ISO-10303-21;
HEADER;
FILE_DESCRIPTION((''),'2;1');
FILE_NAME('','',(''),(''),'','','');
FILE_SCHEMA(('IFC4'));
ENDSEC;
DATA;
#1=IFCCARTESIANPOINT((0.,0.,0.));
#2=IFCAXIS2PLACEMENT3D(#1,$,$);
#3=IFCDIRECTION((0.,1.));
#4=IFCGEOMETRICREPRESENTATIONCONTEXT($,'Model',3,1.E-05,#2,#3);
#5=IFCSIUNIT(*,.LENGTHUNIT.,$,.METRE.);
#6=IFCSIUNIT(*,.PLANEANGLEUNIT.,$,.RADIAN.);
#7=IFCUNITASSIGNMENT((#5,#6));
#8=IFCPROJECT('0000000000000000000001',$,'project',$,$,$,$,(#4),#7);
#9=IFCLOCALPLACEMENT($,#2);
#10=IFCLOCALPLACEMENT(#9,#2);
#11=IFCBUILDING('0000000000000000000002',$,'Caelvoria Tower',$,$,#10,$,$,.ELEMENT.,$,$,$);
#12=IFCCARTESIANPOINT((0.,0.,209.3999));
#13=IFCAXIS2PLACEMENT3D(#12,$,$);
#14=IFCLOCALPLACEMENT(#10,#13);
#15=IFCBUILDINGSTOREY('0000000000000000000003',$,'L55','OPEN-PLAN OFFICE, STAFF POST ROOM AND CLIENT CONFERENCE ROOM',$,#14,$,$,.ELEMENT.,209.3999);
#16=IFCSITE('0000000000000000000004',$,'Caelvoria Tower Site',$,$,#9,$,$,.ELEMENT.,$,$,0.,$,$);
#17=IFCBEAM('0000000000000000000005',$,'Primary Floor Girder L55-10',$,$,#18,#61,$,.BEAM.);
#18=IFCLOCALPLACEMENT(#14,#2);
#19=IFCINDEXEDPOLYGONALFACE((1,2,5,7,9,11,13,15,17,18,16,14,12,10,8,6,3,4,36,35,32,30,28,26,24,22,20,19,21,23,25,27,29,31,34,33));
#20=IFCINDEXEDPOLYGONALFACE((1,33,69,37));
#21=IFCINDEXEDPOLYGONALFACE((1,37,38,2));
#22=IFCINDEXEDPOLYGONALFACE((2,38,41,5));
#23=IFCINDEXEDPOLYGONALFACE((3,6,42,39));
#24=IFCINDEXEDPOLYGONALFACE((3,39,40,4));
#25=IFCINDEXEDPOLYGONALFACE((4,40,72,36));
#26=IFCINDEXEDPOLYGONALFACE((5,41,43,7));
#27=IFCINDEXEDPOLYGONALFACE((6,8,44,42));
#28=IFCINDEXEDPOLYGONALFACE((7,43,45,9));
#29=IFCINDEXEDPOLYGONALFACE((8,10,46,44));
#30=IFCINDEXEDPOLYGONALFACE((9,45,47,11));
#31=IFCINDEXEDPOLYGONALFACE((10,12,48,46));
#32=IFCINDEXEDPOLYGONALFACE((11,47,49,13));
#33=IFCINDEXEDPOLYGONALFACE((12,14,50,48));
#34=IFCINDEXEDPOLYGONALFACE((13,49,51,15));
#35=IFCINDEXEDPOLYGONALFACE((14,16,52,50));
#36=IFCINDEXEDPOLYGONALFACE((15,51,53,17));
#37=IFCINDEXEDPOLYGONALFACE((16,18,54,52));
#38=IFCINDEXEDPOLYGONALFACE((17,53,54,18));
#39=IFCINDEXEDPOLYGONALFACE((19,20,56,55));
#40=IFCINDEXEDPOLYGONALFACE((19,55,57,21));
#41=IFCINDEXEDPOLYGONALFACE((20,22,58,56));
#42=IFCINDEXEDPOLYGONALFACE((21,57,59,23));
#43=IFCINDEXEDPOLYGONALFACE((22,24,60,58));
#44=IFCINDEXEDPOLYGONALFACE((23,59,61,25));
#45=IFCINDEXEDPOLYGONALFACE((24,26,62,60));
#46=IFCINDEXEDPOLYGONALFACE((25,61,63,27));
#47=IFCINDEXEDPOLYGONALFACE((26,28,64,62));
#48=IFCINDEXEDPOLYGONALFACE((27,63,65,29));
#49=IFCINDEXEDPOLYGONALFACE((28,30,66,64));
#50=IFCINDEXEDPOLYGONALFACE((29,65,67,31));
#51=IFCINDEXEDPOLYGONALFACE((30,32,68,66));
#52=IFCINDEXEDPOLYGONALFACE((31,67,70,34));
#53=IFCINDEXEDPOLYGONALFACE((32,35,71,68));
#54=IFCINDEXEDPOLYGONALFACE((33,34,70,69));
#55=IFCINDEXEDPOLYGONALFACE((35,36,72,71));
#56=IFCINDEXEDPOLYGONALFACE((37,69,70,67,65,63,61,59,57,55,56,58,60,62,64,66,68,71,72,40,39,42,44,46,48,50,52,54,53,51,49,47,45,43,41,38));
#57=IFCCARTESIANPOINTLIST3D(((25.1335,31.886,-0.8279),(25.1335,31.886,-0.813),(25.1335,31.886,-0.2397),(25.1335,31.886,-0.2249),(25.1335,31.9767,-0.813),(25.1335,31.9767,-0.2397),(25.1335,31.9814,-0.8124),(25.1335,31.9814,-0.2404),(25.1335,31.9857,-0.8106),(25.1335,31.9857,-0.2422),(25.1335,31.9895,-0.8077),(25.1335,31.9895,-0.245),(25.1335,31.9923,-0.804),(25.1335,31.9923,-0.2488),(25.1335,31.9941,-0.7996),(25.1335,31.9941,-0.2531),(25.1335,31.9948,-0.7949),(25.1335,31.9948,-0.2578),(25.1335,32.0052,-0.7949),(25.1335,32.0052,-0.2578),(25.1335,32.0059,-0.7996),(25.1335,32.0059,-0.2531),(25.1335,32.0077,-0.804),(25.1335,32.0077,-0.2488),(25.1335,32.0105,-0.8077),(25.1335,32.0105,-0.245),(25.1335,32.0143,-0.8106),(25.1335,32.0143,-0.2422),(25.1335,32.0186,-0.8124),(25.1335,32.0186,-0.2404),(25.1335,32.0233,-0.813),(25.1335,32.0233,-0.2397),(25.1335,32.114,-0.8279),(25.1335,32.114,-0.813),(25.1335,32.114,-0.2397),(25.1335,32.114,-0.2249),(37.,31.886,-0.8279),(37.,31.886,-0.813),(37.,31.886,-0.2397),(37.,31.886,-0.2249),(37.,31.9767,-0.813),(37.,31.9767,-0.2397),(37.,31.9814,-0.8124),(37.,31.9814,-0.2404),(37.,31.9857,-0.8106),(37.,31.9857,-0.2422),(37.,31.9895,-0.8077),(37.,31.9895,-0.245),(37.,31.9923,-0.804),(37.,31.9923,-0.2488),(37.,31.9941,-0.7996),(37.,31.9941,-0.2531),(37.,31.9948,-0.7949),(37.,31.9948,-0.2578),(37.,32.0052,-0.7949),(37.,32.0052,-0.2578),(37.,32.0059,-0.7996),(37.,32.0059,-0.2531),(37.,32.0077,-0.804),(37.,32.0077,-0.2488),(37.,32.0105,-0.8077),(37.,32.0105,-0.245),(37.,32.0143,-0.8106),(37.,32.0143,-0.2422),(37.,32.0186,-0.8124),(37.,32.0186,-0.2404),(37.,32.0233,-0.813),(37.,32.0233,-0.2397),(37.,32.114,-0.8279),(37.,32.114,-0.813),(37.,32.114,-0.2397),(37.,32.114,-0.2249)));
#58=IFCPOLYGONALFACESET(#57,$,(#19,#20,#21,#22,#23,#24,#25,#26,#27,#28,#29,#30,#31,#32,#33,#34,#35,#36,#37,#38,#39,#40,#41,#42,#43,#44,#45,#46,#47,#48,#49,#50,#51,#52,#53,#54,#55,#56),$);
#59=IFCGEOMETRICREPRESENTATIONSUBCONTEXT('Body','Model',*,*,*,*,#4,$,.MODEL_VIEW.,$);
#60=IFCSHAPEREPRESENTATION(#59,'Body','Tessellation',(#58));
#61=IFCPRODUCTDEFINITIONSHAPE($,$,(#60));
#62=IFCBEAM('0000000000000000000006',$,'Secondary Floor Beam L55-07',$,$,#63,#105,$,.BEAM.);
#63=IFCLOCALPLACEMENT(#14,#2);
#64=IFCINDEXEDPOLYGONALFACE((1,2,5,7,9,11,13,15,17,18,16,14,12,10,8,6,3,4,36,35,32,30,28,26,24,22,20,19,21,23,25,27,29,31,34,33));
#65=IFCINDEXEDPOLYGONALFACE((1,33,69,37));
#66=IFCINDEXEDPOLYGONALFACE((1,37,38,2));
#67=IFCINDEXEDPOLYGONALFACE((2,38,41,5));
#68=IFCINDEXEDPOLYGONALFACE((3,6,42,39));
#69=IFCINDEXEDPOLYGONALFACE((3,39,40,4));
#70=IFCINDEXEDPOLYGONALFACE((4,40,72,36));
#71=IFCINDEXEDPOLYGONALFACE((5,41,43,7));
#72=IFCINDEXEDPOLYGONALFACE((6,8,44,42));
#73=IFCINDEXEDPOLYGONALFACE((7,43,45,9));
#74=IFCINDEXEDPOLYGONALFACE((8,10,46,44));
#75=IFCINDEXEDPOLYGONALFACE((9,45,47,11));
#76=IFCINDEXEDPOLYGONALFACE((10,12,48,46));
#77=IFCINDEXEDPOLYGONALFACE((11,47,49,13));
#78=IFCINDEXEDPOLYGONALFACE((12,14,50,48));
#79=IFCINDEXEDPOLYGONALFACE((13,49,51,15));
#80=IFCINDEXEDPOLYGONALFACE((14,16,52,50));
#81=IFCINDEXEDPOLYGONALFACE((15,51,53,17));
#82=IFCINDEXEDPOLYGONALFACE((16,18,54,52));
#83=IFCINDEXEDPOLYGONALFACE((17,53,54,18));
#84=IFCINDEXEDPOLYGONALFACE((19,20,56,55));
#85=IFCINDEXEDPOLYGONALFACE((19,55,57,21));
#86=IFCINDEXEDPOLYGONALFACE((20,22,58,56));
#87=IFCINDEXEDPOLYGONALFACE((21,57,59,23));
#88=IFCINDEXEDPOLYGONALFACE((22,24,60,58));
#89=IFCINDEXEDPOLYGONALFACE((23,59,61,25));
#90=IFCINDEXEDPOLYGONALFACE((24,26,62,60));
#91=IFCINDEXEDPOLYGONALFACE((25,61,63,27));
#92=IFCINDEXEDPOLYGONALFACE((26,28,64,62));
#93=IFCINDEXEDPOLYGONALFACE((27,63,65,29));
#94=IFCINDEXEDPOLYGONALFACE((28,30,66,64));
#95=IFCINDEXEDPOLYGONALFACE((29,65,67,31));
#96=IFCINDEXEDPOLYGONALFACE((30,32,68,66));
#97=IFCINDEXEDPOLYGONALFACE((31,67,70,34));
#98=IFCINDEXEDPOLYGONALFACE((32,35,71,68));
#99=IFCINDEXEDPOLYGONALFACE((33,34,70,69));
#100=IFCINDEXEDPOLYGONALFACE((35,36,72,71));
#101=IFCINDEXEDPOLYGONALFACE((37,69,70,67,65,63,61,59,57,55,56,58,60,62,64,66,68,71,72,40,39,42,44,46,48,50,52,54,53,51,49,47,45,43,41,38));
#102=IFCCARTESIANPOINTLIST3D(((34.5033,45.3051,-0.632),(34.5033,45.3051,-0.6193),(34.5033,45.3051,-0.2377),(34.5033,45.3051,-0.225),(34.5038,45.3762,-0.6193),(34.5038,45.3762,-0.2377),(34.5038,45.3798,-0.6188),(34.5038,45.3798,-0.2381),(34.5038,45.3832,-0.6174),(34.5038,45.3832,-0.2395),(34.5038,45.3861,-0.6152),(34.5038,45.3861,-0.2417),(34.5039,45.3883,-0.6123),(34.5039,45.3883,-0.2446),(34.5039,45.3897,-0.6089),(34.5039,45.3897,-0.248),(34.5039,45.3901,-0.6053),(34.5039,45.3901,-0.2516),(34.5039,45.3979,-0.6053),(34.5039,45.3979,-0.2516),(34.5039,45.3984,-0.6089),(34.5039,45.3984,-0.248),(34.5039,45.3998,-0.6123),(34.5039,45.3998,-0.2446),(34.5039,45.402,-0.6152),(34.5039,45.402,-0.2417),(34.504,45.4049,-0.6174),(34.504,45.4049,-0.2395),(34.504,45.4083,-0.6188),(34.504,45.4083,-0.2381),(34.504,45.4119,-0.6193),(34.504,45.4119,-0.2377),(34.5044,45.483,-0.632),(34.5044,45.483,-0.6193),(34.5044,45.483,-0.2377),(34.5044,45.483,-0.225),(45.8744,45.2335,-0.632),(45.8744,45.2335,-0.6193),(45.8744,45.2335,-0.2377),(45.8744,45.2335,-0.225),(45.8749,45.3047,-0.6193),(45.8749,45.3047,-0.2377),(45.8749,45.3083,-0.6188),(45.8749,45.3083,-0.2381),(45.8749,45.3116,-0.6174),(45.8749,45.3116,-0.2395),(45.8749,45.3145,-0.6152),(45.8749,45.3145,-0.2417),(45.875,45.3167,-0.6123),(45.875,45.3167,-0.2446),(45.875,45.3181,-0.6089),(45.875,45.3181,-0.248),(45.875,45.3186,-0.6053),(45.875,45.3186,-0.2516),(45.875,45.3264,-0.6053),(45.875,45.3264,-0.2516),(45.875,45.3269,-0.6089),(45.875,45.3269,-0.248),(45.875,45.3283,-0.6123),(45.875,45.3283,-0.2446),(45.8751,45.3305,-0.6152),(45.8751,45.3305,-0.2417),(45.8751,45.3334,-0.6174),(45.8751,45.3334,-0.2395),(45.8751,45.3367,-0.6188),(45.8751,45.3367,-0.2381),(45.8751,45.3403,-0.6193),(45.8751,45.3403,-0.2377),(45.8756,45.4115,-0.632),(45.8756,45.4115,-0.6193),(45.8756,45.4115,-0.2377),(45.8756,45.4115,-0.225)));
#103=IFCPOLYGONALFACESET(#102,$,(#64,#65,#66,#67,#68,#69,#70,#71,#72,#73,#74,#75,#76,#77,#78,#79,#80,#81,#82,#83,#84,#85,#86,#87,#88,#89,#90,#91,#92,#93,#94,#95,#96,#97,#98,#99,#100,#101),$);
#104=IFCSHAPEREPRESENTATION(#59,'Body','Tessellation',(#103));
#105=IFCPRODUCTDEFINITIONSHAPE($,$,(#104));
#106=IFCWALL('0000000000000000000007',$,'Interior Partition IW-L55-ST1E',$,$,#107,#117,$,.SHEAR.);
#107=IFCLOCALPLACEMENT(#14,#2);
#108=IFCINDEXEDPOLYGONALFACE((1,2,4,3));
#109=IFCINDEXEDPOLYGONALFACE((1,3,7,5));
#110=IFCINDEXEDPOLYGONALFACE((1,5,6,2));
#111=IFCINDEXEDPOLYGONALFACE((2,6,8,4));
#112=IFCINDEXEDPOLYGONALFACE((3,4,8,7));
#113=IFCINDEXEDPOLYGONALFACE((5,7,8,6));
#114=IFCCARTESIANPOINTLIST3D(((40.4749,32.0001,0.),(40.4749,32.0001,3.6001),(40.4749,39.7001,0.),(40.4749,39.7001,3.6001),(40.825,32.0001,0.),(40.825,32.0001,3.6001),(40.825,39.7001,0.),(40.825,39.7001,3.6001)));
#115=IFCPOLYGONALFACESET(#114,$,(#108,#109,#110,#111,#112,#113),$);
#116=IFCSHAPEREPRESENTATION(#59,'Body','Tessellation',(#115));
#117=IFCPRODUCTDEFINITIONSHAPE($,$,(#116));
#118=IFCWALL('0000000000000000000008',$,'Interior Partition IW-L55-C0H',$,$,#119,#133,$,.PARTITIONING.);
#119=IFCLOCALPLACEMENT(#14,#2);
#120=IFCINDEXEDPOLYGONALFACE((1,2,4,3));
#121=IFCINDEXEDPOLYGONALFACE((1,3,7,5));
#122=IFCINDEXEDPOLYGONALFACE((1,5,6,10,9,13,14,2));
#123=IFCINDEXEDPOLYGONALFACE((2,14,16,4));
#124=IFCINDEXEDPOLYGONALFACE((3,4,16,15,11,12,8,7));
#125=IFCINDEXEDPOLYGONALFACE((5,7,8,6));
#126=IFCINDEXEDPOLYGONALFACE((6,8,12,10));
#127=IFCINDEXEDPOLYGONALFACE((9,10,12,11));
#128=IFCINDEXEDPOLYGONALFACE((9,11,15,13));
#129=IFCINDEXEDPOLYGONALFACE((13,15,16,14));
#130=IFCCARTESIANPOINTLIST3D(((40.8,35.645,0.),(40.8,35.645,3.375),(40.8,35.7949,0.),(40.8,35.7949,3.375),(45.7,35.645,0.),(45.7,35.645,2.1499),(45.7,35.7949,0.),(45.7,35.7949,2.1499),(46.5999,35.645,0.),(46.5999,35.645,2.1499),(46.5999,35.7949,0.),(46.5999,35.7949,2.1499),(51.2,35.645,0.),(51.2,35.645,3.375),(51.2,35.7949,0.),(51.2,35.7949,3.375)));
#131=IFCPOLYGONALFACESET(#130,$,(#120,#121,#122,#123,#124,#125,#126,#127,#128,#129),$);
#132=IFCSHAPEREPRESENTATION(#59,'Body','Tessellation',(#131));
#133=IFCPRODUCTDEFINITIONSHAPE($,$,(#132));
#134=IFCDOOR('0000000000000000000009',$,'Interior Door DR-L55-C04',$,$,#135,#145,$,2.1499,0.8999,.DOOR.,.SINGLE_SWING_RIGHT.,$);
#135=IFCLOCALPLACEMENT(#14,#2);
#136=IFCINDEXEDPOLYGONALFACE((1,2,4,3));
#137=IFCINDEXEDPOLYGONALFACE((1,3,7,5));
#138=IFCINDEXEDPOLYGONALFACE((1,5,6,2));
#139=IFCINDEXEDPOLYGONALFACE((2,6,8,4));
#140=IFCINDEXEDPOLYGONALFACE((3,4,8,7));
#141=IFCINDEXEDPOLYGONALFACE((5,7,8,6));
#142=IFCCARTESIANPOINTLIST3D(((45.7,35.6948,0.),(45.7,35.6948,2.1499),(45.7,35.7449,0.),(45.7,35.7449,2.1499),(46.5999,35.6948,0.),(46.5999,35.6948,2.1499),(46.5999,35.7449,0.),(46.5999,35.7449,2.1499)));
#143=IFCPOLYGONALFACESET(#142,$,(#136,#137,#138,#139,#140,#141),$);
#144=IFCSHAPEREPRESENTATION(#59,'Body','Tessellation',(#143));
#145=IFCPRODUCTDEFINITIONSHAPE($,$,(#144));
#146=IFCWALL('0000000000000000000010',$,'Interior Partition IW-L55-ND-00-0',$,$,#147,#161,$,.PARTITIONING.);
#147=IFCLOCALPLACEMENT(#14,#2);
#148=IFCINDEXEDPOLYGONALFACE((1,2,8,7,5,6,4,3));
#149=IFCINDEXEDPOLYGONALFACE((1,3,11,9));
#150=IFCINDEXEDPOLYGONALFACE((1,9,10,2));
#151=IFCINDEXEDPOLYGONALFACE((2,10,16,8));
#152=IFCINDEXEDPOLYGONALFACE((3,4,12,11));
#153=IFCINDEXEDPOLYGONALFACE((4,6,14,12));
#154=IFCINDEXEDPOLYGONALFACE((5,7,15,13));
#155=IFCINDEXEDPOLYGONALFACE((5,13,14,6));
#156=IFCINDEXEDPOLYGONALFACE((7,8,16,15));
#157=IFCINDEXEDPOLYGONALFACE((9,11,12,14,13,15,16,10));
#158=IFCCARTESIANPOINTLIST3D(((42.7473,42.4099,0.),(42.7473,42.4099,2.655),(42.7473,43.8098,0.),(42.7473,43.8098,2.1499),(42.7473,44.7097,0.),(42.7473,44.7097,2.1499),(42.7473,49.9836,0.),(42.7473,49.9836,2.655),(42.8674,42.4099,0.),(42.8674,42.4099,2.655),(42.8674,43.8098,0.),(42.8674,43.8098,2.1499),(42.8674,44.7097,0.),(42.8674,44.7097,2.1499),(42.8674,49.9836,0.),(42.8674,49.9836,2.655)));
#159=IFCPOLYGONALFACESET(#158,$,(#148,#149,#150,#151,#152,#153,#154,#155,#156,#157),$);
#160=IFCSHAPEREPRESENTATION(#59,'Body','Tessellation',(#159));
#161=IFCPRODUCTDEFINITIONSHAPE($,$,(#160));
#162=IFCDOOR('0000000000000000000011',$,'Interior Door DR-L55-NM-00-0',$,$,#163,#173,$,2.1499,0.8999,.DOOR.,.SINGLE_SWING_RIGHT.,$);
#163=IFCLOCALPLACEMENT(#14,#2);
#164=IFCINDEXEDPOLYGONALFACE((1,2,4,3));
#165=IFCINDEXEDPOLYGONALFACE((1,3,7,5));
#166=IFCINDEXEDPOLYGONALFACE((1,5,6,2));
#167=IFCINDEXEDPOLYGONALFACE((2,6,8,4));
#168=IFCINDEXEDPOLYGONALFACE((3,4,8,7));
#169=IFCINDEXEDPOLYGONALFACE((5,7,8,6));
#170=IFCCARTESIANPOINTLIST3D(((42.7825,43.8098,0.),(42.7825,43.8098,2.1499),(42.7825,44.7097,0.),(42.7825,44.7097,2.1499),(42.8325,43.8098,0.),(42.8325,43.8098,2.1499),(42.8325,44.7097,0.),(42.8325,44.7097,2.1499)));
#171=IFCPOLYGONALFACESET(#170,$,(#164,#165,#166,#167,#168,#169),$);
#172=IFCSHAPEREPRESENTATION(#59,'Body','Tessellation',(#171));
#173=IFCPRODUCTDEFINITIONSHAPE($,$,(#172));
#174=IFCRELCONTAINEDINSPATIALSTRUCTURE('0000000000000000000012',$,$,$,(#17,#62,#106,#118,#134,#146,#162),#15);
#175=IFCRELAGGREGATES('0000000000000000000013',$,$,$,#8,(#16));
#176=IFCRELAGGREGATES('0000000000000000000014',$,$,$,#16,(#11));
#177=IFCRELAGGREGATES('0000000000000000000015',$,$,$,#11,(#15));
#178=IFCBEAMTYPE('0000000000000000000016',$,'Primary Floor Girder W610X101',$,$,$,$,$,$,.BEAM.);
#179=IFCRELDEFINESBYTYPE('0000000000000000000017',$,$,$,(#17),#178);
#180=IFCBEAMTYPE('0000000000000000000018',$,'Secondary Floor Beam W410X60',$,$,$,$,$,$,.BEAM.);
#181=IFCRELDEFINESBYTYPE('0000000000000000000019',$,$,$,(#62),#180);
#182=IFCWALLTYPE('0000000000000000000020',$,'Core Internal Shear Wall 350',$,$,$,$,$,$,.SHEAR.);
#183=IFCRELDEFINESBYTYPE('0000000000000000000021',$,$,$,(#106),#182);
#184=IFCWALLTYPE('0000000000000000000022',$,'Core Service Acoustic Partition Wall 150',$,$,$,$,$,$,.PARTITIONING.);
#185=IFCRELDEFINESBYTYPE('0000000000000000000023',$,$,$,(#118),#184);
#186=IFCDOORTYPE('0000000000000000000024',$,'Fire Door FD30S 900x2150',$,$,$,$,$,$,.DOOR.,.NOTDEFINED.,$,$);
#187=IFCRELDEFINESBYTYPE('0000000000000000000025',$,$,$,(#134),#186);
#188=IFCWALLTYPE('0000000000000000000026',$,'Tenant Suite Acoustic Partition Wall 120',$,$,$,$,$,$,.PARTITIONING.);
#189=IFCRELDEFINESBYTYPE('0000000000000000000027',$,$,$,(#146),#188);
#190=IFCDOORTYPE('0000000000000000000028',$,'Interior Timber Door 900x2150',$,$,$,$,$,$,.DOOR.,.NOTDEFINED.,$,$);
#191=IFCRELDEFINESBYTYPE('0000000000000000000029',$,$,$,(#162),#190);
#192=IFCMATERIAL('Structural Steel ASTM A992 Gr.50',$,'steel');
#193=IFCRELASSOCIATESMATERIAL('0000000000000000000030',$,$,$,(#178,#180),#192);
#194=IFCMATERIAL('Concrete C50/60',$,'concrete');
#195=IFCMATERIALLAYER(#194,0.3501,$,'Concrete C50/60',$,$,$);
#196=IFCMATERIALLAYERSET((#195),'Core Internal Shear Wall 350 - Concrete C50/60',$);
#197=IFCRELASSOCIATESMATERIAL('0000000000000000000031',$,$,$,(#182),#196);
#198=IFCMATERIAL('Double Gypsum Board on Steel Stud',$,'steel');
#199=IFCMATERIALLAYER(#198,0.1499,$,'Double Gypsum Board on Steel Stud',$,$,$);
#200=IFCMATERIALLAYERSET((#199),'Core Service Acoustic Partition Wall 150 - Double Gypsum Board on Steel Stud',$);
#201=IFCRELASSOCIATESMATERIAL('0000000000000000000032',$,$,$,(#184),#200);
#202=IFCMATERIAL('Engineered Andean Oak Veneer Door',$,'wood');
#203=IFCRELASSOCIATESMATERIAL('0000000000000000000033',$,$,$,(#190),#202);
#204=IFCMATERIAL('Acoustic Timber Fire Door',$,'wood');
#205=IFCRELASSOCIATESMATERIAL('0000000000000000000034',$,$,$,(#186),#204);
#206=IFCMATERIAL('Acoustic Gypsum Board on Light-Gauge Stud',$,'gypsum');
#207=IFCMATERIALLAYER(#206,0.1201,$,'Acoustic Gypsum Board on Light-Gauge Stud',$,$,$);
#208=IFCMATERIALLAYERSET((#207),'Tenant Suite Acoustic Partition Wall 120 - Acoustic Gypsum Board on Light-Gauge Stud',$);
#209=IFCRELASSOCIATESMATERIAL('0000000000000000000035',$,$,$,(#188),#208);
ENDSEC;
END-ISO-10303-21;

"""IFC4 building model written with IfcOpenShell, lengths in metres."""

from ifc_helpers import new_model, si_unit, direction, frame, frame_2d, origin, origin_2d, place, context, subcontext, project, spatial, rectangle, i_section, extrude, material, layer, layer_set, material_profile, profile_set, type_object, element, fill, save


model = new_model("IFC4")

# Units and contexts
model_context = context("Model", 3, precision=1e-05, world=origin(), true_north=direction((0.0, 1.0)))
body_context = subcontext(model_context, "Body", "Model", "MODEL_VIEW")
ifc_project = project(units=[si_unit("LENGTHUNIT", "METRE"), si_unit("PLANEANGLEUNIT", "RADIAN")], contexts=[model_context])

# Site, building, storey
site_placement = place(None, origin())
site = spatial("IfcSite", under=ifc_project, at=site_placement, Name="Caelvoria Tower Site", CompositionType="ELEMENT", RefElevation=0.0)
building_placement = place(site_placement, origin())
building = spatial("IfcBuilding", under=site, at=building_placement, Name="Caelvoria Tower", CompositionType="ELEMENT")
storey_placement = place(building_placement, frame((0.0, 0.0, 209.3999)))
storey = spatial("IfcBuildingStorey", under=building, at=storey_placement, Name="L55", Description="OPEN-PLAN OFFICE, STAFF POST ROOM AND CLIENT CONFERENCE ROOM", CompositionType="ELEMENT", Elevation=209.3999)

# Beams
ifc_material_1 = material(Name="Structural Steel ASTM A992 Gr.50", Category="steel")
ifc_material_profile_1 = material_profile(ifc_material_1, i_section(OverallWidth=0.228, OverallDepth=0.603, WebThickness=0.0105, FlangeThickness=0.0149, FilletRadius=0.0181, at=origin_2d()), Name="Structural Steel ASTM A992 Gr.50")
ifc_profile_set_1 = profile_set([ifc_material_profile_1], Name="W610X101 - Structural Steel ASTM A992 Gr.50")
beam_type_1 = type_object("IfcBeamType", Name="Primary Floor Girder W610X101", PredefinedType="BEAM", material=ifc_profile_set_1)
beam_1_placement = place(storey_placement, frame((37.0, 32.0, -0.5264), z_axis=(-1.0, 0.0, 0.0), x_axis=(0.0, -1.0, 0.0)))
element("IfcBeam", 1, at=beam_1_placement, inside=storey, type_object=beam_type_1, Name="Primary Floor Girder L55-10", PredefinedType="BEAM", context=body_context, shape_type="SweptSolid", body=[
    extrude(i_section(OverallWidth=0.228, OverallDepth=0.603, WebThickness=0.0105, FlangeThickness=0.0149, FilletRadius=0.0181, at=origin_2d()), origin(), (0.0, 0.0, 1.0), 11.8665),
])
ifc_material_profile_2 = material_profile(ifc_material_1, i_section(OverallWidth=0.178, OverallDepth=0.407, WebThickness=0.0078, FlangeThickness=0.0127, FilletRadius=0.0139, at=origin_2d()), Name="Structural Steel ASTM A992 Gr.50")
ifc_profile_set_2 = profile_set([ifc_material_profile_2], Name="W410X60 - Structural Steel ASTM A992 Gr.50")
beam_type_2 = type_object("IfcBeamType", Name="Secondary Floor Beam W410X60", PredefinedType="BEAM", material=ifc_profile_set_2)
beam_2_placement = place(storey_placement, frame((45.875, 45.3225, -0.4285), z_axis=(-0.99998, 0.006291, 0.0), x_axis=(-0.006291, -0.99998, 0.0)))
element("IfcBeam", 2, at=beam_2_placement, inside=storey, type_object=beam_type_2, Name="Secondary Floor Beam L55-07", PredefinedType="BEAM", context=body_context, shape_type="SweptSolid", body=[
    extrude(i_section(OverallWidth=0.178, OverallDepth=0.407, WebThickness=0.0078, FlangeThickness=0.0127, FilletRadius=0.0139, at=origin_2d()), origin(), (0.0, 0.0, 1.0), 11.3713),
])

# Wall
ifc_material_2 = material(Name="Concrete C50/60", Category="concrete")
ifc_layer_1 = layer(ifc_material_2, 0.3501, Name="Concrete C50/60")
ifc_layer_set_1 = layer_set([ifc_layer_1], Name="Core Internal Shear Wall 350 - Concrete C50/60")
wall_type_1 = type_object("IfcWallType", Name="Core Internal Shear Wall 350", PredefinedType="SHEAR", material=ifc_layer_set_1)
wall_1_placement = place(storey_placement, frame((40.6499, 32.0, 0.0), z_axis=(0.0, 0.0, 1.0), x_axis=(0.0, 1.0, 0.0)))
element("IfcWall", 3, at=wall_1_placement, inside=storey, type_object=wall_type_1, Name="Interior Partition IW-L55-ST1E", PredefinedType="SHEAR", context=body_context, shape_type="SweptSolid", body=[
    extrude(rectangle(XDim=7.7, YDim=0.3501, at=frame_2d((3.8501, 0.0))), origin(), (0.0, 0.0, 1.0), 3.6001),
])

# Walls, openings, doors
ifc_material_3 = material(Name="Double Gypsum Board on Steel Stud", Category="steel")
ifc_layer_2 = layer(ifc_material_3, 0.1499, Name="Double Gypsum Board on Steel Stud")
ifc_layer_set_2 = layer_set([ifc_layer_2], Name="Core Service Acoustic Partition Wall 150 - Double Gypsum Board on Steel Stud")
wall_type_2 = type_object("IfcWallType", Name="Core Service Acoustic Partition Wall 150", PredefinedType="PARTITIONING", material=ifc_layer_set_2)
ifc_material_4 = material(Name="Engineered Andean Oak Veneer Door", Category="wood")
door_type_1 = type_object("IfcDoorType", Name="Interior Timber Door 900x2150", OperationType="NOTDEFINED", PredefinedType="DOOR", material=ifc_material_4)
wall_2_placement = place(storey_placement, frame((40.8, 35.72, 0.0), z_axis=(0.0, 0.0, 1.0), x_axis=(1.0, 0.0, 0.0)))
wall_2 = element("IfcWall", 4, at=wall_2_placement, inside=storey, type_object=wall_type_2, Name="Interior Partition IW-L55-C0H", PredefinedType="PARTITIONING", context=body_context, shape_type="SweptSolid", body=[
    extrude(rectangle(XDim=10.3999, YDim=0.1499, at=frame_2d((5.2, 0.0))), origin(), (0.0, 0.0, 1.0), 3.375),
])
opening_1_placement = place(wall_2_placement, frame((4.8999, 0.0, 0.0)))
opening_1 = element("IfcOpeningElement", 5, at=opening_1_placement, cuts=wall_2, PredefinedType="OPENING", context=body_context, shape_type="SweptSolid", body=[
    extrude(rectangle(XDim=0.8999, YDim=2.1499, at=frame_2d((0.45, 1.075))), frame((0.0, 0.085, 0.0), z_axis=(0.0, -1.0, 0.0), x_axis=(1.0, 0.0, 0.0)), (0.0, 0.0, 1.0), 0.1699),
])
ifc_material_5 = material(Name="Acoustic Timber Fire Door", Category="wood")
door_type_2 = type_object("IfcDoorType", Name="Fire Door FD30S 900x2150", OperationType="NOTDEFINED", PredefinedType="DOOR", material=ifc_material_5)
door_1_placement = place(opening_1_placement, origin())
door_1 = element("IfcDoor", 6, at=door_1_placement, inside=storey, type_object=door_type_2, Name="Interior Door DR-L55-C04", OperationType="SINGLE_SWING_RIGHT", OverallHeight=2.1499, OverallWidth=0.8999, PredefinedType="DOOR", context=body_context, shape_type="SweptSolid", body=[
    extrude(rectangle(XDim=0.8999, YDim=2.1499, at=frame_2d((0.45, 1.075))), frame((0.0, 0.0249, 0.0), z_axis=(0.0, -1.0, 0.0), x_axis=(1.0, 0.0, 0.0)), (0.0, 0.0, 1.0), 0.05),
])
fill(opening_1, door_1)
ifc_material_6 = material(Name="Acoustic Gypsum Board on Light-Gauge Stud", Category="gypsum")
ifc_layer_3 = layer(ifc_material_6, 0.1201, Name="Acoustic Gypsum Board on Light-Gauge Stud")
ifc_layer_set_3 = layer_set([ifc_layer_3], Name="Tenant Suite Acoustic Partition Wall 120 - Acoustic Gypsum Board on Light-Gauge Stud")
wall_type_3 = type_object("IfcWallType", Name="Tenant Suite Acoustic Partition Wall 120", PredefinedType="PARTITIONING", material=ifc_layer_set_3)
wall_3_placement = place(storey_placement, frame((42.8074, 42.4099, 0.0), z_axis=(0.0, 0.0, 1.0), x_axis=(0.0, 1.0, 0.0)))
wall_3 = element("IfcWall", 7, at=wall_3_placement, inside=storey, type_object=wall_type_3, Name="Interior Partition IW-L55-ND-00-0", PredefinedType="PARTITIONING", context=body_context, shape_type="SweptSolid", body=[
    extrude(rectangle(XDim=7.5737, YDim=0.1201, at=frame_2d((3.7869, 0.0))), origin(), (0.0, 0.0, 1.0), 2.655),
])
opening_2_placement = place(wall_3_placement, frame((1.3999, 0.0, 0.0)))
opening_2 = element("IfcOpeningElement", 8, at=opening_2_placement, cuts=wall_3, PredefinedType="OPENING", context=body_context, shape_type="SweptSolid", body=[
    extrude(rectangle(XDim=0.8999, YDim=2.1499, at=frame_2d((0.45, 1.075))), frame((0.0, 0.0701, 0.0), z_axis=(0.0, -1.0, 0.0), x_axis=(1.0, 0.0, 0.0)), (0.0, 0.0, 1.0), 0.1401),
])
door_2_placement = place(opening_2_placement, origin())
door_2 = element("IfcDoor", 9, at=door_2_placement, inside=storey, type_object=door_type_1, Name="Interior Door DR-L55-NM-00-0", OperationType="SINGLE_SWING_RIGHT", OverallHeight=2.1499, OverallWidth=0.8999, PredefinedType="DOOR", context=body_context, shape_type="SweptSolid", body=[
    extrude(rectangle(XDim=0.8999, YDim=2.1499, at=frame_2d((0.45, 1.075))), frame((0.0, 0.0249, 0.0), z_axis=(0.0, -1.0, 0.0), x_axis=(1.0, 0.0, 0.0)), (0.0, 0.0, 1.0), 0.05),
])
fill(opening_2, door_2)

save(model, "model.ifc")
